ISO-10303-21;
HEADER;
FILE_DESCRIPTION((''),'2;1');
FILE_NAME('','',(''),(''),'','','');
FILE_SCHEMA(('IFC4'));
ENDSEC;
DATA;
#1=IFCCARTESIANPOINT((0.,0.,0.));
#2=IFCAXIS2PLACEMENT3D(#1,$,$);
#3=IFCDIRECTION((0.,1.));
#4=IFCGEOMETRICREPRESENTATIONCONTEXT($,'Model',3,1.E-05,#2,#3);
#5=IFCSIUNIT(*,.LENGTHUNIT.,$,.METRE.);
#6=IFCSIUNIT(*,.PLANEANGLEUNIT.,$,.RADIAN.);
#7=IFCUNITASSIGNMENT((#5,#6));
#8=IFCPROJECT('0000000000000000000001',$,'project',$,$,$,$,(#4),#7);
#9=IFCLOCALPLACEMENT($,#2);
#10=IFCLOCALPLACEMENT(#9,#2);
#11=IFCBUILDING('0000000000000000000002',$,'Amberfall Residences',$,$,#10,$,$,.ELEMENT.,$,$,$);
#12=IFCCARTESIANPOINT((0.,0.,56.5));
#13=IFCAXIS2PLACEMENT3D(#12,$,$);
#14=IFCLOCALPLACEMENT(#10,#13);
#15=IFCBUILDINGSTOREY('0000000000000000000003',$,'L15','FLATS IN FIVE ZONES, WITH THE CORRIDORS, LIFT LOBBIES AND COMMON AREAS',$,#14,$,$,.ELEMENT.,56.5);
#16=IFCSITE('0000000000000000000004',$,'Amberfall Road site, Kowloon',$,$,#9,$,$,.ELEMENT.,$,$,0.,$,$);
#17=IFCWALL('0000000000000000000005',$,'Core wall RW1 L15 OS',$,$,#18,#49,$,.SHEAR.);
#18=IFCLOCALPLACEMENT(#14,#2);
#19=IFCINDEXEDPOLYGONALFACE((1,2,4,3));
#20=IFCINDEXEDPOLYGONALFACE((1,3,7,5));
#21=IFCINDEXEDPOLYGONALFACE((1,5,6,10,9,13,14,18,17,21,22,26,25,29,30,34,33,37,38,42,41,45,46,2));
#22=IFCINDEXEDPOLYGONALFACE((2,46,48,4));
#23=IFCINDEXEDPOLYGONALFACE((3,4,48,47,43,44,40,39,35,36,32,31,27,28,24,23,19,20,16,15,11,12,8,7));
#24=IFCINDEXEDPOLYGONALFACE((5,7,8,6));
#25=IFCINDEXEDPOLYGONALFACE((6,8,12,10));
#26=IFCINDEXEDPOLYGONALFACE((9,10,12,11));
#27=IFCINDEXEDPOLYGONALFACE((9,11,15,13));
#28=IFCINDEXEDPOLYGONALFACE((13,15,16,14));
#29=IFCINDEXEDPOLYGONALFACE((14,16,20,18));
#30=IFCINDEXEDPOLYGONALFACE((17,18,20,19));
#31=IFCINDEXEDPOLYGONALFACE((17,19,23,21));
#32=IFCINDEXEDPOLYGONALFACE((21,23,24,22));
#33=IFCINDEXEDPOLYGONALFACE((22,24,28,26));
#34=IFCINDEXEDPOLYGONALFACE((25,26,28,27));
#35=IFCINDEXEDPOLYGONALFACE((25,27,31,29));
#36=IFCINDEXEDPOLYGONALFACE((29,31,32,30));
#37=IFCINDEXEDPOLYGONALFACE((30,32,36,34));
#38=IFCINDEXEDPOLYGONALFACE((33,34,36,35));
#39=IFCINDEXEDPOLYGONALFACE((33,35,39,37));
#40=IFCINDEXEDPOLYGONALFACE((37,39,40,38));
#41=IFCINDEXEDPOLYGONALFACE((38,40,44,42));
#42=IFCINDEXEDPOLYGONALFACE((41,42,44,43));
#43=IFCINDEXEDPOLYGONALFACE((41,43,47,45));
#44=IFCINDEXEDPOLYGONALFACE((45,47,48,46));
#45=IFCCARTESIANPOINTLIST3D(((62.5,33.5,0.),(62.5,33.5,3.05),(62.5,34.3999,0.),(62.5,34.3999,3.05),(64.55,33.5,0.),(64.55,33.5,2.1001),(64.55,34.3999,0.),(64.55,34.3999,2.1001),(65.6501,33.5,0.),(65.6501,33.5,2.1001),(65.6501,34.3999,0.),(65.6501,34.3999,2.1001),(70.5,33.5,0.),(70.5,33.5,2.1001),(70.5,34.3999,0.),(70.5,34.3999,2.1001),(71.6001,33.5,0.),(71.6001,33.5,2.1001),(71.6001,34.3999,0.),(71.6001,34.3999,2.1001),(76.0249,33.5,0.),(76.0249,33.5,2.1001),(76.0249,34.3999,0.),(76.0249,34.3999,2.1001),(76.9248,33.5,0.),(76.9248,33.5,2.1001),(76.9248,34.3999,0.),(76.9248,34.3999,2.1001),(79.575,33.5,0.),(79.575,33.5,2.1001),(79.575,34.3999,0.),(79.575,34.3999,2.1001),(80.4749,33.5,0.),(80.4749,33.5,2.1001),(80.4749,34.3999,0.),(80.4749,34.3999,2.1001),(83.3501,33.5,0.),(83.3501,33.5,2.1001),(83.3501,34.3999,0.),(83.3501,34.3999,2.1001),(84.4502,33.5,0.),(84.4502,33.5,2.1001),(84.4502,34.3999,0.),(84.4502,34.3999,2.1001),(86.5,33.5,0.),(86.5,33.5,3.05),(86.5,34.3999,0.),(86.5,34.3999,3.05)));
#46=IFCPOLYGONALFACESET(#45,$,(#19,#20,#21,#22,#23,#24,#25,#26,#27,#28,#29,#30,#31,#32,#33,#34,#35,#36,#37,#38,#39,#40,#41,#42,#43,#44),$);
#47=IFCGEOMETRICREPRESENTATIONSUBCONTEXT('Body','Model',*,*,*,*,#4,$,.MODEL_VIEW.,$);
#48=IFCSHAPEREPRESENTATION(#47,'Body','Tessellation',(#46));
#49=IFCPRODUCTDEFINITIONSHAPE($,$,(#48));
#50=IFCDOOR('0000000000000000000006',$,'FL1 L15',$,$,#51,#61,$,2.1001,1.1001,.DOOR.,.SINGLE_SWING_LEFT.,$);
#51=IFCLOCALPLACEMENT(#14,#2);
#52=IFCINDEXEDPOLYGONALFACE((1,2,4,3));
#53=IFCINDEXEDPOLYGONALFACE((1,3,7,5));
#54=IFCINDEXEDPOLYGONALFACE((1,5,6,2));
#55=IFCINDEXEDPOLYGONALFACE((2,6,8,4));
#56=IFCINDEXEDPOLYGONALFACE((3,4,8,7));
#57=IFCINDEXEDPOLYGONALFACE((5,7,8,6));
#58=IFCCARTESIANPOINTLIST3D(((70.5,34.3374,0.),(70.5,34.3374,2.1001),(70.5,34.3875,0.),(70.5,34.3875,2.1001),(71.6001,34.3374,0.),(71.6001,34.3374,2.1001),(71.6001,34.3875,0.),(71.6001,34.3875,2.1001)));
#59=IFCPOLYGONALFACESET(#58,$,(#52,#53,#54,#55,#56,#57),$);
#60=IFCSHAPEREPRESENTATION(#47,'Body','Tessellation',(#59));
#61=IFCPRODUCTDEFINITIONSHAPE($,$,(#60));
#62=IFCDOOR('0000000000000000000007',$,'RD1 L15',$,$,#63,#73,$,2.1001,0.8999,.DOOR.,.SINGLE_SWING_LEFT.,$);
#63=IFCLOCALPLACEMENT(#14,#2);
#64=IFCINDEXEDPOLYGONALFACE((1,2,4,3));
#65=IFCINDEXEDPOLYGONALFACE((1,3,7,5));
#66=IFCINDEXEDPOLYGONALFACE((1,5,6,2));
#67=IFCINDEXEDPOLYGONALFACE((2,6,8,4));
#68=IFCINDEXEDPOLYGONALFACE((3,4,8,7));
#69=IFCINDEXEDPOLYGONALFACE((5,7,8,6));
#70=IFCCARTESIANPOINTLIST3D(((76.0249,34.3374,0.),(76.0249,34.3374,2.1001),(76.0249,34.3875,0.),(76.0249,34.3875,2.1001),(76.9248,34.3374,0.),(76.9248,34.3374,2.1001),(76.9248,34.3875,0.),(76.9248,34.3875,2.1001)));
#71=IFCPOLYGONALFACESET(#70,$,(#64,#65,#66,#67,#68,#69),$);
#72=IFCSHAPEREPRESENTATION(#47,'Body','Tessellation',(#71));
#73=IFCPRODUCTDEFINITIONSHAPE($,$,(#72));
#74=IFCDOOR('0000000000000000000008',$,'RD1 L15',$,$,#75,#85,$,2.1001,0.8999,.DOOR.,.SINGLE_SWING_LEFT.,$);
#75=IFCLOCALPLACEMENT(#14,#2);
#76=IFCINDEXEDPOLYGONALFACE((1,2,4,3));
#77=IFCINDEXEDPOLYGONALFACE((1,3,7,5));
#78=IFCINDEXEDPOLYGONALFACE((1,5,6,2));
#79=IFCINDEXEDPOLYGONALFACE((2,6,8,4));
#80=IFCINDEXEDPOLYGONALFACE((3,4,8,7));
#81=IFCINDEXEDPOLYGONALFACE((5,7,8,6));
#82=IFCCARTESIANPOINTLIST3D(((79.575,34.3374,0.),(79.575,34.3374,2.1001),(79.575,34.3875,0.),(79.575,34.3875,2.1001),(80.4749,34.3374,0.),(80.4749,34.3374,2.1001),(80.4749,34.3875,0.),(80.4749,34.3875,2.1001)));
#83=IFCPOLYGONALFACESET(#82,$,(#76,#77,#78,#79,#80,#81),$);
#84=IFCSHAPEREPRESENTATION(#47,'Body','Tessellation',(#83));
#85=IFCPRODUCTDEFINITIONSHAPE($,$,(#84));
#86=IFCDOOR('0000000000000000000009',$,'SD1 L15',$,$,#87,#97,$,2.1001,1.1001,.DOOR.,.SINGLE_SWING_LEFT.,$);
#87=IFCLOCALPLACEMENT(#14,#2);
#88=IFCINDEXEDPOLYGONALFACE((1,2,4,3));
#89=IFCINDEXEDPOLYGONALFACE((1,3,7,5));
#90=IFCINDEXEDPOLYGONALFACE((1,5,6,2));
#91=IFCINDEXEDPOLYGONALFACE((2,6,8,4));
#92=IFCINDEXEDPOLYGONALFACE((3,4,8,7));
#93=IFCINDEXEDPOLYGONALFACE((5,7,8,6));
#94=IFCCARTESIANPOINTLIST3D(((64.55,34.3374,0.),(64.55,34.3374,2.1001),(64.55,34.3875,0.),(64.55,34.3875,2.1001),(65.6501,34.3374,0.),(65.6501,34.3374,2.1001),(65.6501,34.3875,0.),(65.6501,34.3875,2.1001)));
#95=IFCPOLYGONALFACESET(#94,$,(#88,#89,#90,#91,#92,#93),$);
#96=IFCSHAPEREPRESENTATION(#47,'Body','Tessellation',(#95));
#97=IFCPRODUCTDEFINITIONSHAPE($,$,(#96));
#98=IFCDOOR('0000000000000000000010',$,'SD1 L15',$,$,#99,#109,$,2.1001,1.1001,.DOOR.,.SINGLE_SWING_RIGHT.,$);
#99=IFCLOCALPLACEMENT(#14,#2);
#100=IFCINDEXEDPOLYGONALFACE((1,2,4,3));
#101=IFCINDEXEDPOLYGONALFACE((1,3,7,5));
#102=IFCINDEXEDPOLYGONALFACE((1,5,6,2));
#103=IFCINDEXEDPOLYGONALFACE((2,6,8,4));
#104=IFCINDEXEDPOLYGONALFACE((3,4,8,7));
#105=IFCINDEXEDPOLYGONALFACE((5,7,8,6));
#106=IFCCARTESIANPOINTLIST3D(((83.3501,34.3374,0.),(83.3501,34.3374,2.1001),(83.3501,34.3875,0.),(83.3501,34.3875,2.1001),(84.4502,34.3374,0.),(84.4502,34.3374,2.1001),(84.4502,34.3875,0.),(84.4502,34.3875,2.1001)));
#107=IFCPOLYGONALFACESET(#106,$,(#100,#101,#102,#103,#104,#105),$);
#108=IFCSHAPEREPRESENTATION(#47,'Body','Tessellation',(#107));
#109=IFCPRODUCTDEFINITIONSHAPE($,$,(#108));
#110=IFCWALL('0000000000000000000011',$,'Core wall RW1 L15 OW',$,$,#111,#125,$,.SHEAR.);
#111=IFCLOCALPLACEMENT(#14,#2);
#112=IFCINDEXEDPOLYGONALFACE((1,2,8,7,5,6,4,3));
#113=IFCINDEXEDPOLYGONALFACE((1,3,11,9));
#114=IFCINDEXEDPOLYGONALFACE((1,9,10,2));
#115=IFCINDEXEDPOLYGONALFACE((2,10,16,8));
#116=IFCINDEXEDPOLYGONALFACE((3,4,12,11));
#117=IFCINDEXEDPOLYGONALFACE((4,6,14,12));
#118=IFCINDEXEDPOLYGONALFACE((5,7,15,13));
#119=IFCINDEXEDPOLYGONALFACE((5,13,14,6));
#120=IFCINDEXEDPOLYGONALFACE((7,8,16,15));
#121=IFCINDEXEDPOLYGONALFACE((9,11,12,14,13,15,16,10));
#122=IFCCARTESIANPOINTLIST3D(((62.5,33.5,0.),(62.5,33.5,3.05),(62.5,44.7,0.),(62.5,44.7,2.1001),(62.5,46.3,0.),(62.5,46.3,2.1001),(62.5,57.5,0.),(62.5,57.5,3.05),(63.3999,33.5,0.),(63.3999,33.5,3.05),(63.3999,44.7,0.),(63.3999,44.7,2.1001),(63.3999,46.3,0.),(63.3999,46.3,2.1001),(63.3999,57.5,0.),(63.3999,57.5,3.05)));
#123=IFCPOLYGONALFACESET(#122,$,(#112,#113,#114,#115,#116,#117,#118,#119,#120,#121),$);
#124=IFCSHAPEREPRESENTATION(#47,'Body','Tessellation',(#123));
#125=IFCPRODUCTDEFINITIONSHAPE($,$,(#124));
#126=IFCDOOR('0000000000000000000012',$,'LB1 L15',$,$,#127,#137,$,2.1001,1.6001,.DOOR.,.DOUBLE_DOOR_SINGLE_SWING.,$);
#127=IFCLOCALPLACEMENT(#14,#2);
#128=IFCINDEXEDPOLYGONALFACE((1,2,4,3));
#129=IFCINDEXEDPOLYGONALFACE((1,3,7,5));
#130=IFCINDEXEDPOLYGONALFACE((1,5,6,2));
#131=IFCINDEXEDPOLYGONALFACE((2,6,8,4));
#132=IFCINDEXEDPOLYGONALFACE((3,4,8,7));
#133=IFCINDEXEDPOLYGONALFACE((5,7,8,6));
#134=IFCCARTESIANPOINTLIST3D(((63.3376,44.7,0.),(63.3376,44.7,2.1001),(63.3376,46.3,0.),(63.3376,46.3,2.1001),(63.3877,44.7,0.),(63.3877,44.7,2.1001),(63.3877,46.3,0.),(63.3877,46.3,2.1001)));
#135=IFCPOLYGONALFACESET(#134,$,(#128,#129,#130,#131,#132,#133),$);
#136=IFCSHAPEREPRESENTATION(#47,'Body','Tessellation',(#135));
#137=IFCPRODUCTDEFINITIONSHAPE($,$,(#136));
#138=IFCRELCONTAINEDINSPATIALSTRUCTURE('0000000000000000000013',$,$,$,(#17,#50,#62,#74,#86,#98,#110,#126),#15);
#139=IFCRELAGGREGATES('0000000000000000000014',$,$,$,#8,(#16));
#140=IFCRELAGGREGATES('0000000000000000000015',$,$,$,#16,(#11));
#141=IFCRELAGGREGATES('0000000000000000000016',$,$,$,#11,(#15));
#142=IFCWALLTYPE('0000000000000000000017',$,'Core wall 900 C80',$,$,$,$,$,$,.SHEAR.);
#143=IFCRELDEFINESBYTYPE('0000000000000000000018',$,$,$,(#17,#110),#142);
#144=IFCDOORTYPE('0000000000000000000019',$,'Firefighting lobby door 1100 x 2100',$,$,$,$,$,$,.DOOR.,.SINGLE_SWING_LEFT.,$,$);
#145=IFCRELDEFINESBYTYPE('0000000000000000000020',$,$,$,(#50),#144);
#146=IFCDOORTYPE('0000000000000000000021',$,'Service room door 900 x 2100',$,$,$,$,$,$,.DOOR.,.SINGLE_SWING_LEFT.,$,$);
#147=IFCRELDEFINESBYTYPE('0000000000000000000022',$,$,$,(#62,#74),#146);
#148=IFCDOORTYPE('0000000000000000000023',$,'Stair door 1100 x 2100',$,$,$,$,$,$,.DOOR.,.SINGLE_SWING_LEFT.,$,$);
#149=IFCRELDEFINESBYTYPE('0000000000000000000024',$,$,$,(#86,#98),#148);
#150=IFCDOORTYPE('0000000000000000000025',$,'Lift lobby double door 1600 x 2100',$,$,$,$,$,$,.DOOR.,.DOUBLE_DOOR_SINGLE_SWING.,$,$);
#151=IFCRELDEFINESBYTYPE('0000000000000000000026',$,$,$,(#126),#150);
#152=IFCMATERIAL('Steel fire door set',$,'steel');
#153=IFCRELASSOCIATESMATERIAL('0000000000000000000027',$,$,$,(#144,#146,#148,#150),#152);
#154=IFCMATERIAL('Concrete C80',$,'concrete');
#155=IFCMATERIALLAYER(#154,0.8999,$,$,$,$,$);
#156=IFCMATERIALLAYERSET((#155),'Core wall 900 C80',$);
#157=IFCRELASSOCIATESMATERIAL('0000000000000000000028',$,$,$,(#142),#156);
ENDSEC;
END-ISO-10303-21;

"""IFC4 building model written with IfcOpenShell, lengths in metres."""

from ifc_helpers import new_model, si_unit, direction, frame, frame_2d, origin, place, context, subcontext, project, spatial, rectangle, extrude, material, layer, layer_set, type_object, element, fill, save


model = new_model("IFC4")

# Units and contexts
model_context = context("Model", 3, precision=1e-05, world=origin(), true_north=direction((0.0, 1.0)))
body_context = subcontext(model_context, "Body", "Model", "MODEL_VIEW")
ifc_project = project(units=[si_unit("LENGTHUNIT", "METRE"), si_unit("PLANEANGLEUNIT", "RADIAN")], contexts=[model_context])

# Site, building, storey
site_placement = place(None, origin())
site = spatial("IfcSite", under=ifc_project, at=site_placement, Name="Amberfall Road site, Kowloon", CompositionType="ELEMENT", RefElevation=0.0)
building_placement = place(site_placement, origin())
building = spatial("IfcBuilding", under=site, at=building_placement, Name="Amberfall Residences", CompositionType="ELEMENT")
storey_placement = place(building_placement, frame((0.0, 0.0, 56.5)))
storey = spatial("IfcBuildingStorey", under=building, at=storey_placement, Name="L15", Description="FLATS IN FIVE ZONES, WITH THE CORRIDORS, LIFT LOBBIES AND COMMON AREAS", CompositionType="ELEMENT", Elevation=56.5)

# Shared definitions
ifc_material_1 = material(Name="Concrete C80", Category="concrete")
ifc_material_2 = material(Name="Steel fire door set", Category="steel")
door_type_1 = type_object("IfcDoorType", Name="Firefighting lobby door 1100 x 2100", OperationType="SINGLE_SWING_LEFT", PredefinedType="DOOR", material=ifc_material_2)

# Wall, openings, doors
ifc_layer_1 = layer(ifc_material_1, 0.8999)
ifc_layer_set_1 = layer_set([ifc_layer_1], Name="Core wall 900 C80")
wall_type_1 = type_object("IfcWallType", Name="Core wall 900 C80", PredefinedType="SHEAR", material=ifc_layer_set_1)
wall_1_placement = place(storey_placement, frame((62.5, 33.95, 0.0), z_axis=(0.0, 0.0, 1.0), x_axis=(1.0, 0.0, 0.0)))
wall_1 = element("IfcWall", 1, at=wall_1_placement, inside=storey, type_object=wall_type_1, Name="Core wall RW1 L15 OS", PredefinedType="SHEAR", context=body_context, shape_type="SweptSolid", body=[
    extrude(rectangle(XDim=24.0, YDim=0.8999, at=frame_2d((12.0, 0.0))), origin(), (0.0, 0.0, 1.0), 3.05),
])
opening_1_placement = place(wall_1_placement, frame((2.05, 0.0, 0.0)))
opening_1 = element("IfcOpeningElement", 2, at=opening_1_placement, cuts=wall_1, PredefinedType="OPENING", context=body_context, shape_type="SweptSolid", body=[
    extrude(rectangle(XDim=1.1001, YDim=2.1001, at=frame_2d((0.55, 1.05))), frame((0.0, 0.46, 0.0), z_axis=(0.0, -1.0, 0.0), x_axis=(1.0, 0.0, 0.0)), (0.0, 0.0, 1.0), 0.9199),
])
opening_2_placement = place(wall_1_placement, frame((20.8501, 0.0, 0.0)))
opening_2 = element("IfcOpeningElement", 3, at=opening_2_placement, cuts=wall_1, PredefinedType="OPENING", context=body_context, shape_type="SweptSolid", body=[
    extrude(rectangle(XDim=1.1001, YDim=2.1001, at=frame_2d((0.55, 1.05))), frame((0.0, 0.46, 0.0), z_axis=(0.0, -1.0, 0.0), x_axis=(1.0, 0.0, 0.0)), (0.0, 0.0, 1.0), 0.9199),
])
opening_3_placement = place(wall_1_placement, frame((8.0, 0.0, 0.0)))
opening_3 = element("IfcOpeningElement", 4, at=opening_3_placement, cuts=wall_1, PredefinedType="OPENING", context=body_context, shape_type="SweptSolid", body=[
    extrude(rectangle(XDim=1.1001, YDim=2.1001, at=frame_2d((0.55, 1.05))), frame((0.0, 0.46, 0.0), z_axis=(0.0, -1.0, 0.0), x_axis=(1.0, 0.0, 0.0)), (0.0, 0.0, 1.0), 0.9199),
])
opening_4_placement = place(wall_1_placement, frame((13.5249, 0.0, 0.0)))
opening_4 = element("IfcOpeningElement", 5, at=opening_4_placement, cuts=wall_1, PredefinedType="OPENING", context=body_context, shape_type="SweptSolid", body=[
    extrude(rectangle(XDim=0.8999, YDim=2.1001, at=frame_2d((0.45, 1.05))), frame((0.0, 0.46, 0.0), z_axis=(0.0, -1.0, 0.0), x_axis=(1.0, 0.0, 0.0)), (0.0, 0.0, 1.0), 0.9199),
])
opening_5_placement = place(wall_1_placement, frame((17.075, 0.0, 0.0)))
opening_5 = element("IfcOpeningElement", 6, at=opening_5_placement, cuts=wall_1, PredefinedType="OPENING", context=body_context, shape_type="SweptSolid", body=[
    extrude(rectangle(XDim=0.8999, YDim=2.1001, at=frame_2d((0.45, 1.05))), frame((0.0, 0.46, 0.0), z_axis=(0.0, -1.0, 0.0), x_axis=(1.0, 0.0, 0.0)), (0.0, 0.0, 1.0), 0.9199),
])
door_1_placement = place(opening_3_placement, origin())
door_1 = element("IfcDoor", 7, at=door_1_placement, inside=storey, type_object=door_type_1, Name="FL1 L15", OperationType="SINGLE_SWING_LEFT", OverallHeight=2.1001, OverallWidth=1.1001, PredefinedType="DOOR", context=body_context, shape_type="SweptSolid", body=[
    extrude(rectangle(XDim=1.1001, YDim=2.1001, at=frame_2d((0.55, 1.05))), frame((0.0, 0.4375, 0.0), z_axis=(0.0, -1.0, 0.0), x_axis=(1.0, 0.0, 0.0)), (0.0, 0.0, 1.0), 0.05),
])
fill(opening_3, door_1)
door_type_2 = type_object("IfcDoorType", Name="Service room door 900 x 2100", OperationType="SINGLE_SWING_LEFT", PredefinedType="DOOR", material=ifc_material_2)
door_2_placement = place(opening_4_placement, origin())
door_2 = element("IfcDoor", 8, at=door_2_placement, inside=storey, type_object=door_type_2, Name="RD1 L15", OperationType="SINGLE_SWING_LEFT", OverallHeight=2.1001, OverallWidth=0.8999, PredefinedType="DOOR", context=body_context, shape_type="SweptSolid", body=[
    extrude(rectangle(XDim=0.8999, YDim=2.1001, at=frame_2d((0.45, 1.05))), frame((0.0, 0.4375, 0.0), z_axis=(0.0, -1.0, 0.0), x_axis=(1.0, 0.0, 0.0)), (0.0, 0.0, 1.0), 0.05),
])
fill(opening_4, door_2)
door_3_placement = place(opening_5_placement, origin())
door_3 = element("IfcDoor", 9, at=door_3_placement, inside=storey, type_object=door_type_2, Name="RD1 L15", OperationType="SINGLE_SWING_LEFT", OverallHeight=2.1001, OverallWidth=0.8999, PredefinedType="DOOR", context=body_context, shape_type="SweptSolid", body=[
    extrude(rectangle(XDim=0.8999, YDim=2.1001, at=frame_2d((0.45, 1.05))), frame((0.0, 0.4375, 0.0), z_axis=(0.0, -1.0, 0.0), x_axis=(1.0, 0.0, 0.0)), (0.0, 0.0, 1.0), 0.05),
])
fill(opening_5, door_3)
door_type_3 = type_object("IfcDoorType", Name="Stair door 1100 x 2100", OperationType="SINGLE_SWING_LEFT", PredefinedType="DOOR", material=ifc_material_2)
door_4_placement = place(opening_1_placement, origin())
door_4 = element("IfcDoor", 10, at=door_4_placement, inside=storey, type_object=door_type_3, Name="SD1 L15", OperationType="SINGLE_SWING_LEFT", OverallHeight=2.1001, OverallWidth=1.1001, PredefinedType="DOOR", context=body_context, shape_type="SweptSolid", body=[
    extrude(rectangle(XDim=1.1001, YDim=2.1001, at=frame_2d((0.55, 1.05))), frame((0.0, 0.4375, 0.0), z_axis=(0.0, -1.0, 0.0), x_axis=(1.0, 0.0, 0.0)), (0.0, 0.0, 1.0), 0.05),
])
fill(opening_1, door_4)
door_5_placement = place(opening_2_placement, origin())
door_5 = element("IfcDoor", 11, at=door_5_placement, inside=storey, type_object=door_type_3, Name="SD1 L15", OperationType="SINGLE_SWING_RIGHT", OverallHeight=2.1001, OverallWidth=1.1001, PredefinedType="DOOR", context=body_context, shape_type="SweptSolid", body=[
    extrude(rectangle(XDim=1.1001, YDim=2.1001, at=frame_2d((0.55, 1.05))), frame((0.0, 0.4375, 0.0), z_axis=(0.0, -1.0, 0.0), x_axis=(1.0, 0.0, 0.0)), (0.0, 0.0, 1.0), 0.05),
])
fill(opening_2, door_5)

# Wall, opening, door
wall_2_placement = place(storey_placement, frame((62.95, 33.5, 0.0), z_axis=(0.0, 0.0, 1.0), x_axis=(0.0, 1.0, 0.0)))
wall_2 = element("IfcWall", 12, at=wall_2_placement, inside=storey, type_object=wall_type_1, Name="Core wall RW1 L15 OW", PredefinedType="SHEAR", context=body_context, shape_type="SweptSolid", body=[
    extrude(rectangle(XDim=24.0, YDim=0.8999, at=frame_2d((12.0, 0.0))), origin(), (0.0, 0.0, 1.0), 3.05),
])
opening_6_placement = place(wall_2_placement, frame((11.2, 0.0, 0.0)))
opening_6 = element("IfcOpeningElement", 13, at=opening_6_placement, cuts=wall_2, PredefinedType="OPENING", context=body_context, shape_type="SweptSolid", body=[
    extrude(rectangle(XDim=1.6001, YDim=2.1001, at=frame_2d((0.8, 1.05))), frame((0.0, 0.46, 0.0), z_axis=(0.0, -1.0, 0.0), x_axis=(1.0, 0.0, 0.0)), (0.0, 0.0, 1.0), 0.9199),
])
door_type_4 = type_object("IfcDoorType", Name="Lift lobby double door 1600 x 2100", OperationType="DOUBLE_DOOR_SINGLE_SWING", PredefinedType="DOOR", material=ifc_material_2)
door_6_placement = place(opening_6_placement, origin())
door_6 = element("IfcDoor", 14, at=door_6_placement, inside=storey, type_object=door_type_4, Name="LB1 L15", OperationType="DOUBLE_DOOR_SINGLE_SWING", OverallHeight=2.1001, OverallWidth=1.6001, PredefinedType="DOOR", context=body_context, shape_type="SweptSolid", body=[
    extrude(rectangle(XDim=1.6001, YDim=2.1001, at=frame_2d((0.8, 1.05))), frame((0.0, -0.3877, 0.0), z_axis=(0.0, -1.0, 0.0), x_axis=(1.0, 0.0, 0.0)), (0.0, 0.0, 1.0), 0.05),
])
fill(opening_6, door_6)

save(model, "model.ifc")
